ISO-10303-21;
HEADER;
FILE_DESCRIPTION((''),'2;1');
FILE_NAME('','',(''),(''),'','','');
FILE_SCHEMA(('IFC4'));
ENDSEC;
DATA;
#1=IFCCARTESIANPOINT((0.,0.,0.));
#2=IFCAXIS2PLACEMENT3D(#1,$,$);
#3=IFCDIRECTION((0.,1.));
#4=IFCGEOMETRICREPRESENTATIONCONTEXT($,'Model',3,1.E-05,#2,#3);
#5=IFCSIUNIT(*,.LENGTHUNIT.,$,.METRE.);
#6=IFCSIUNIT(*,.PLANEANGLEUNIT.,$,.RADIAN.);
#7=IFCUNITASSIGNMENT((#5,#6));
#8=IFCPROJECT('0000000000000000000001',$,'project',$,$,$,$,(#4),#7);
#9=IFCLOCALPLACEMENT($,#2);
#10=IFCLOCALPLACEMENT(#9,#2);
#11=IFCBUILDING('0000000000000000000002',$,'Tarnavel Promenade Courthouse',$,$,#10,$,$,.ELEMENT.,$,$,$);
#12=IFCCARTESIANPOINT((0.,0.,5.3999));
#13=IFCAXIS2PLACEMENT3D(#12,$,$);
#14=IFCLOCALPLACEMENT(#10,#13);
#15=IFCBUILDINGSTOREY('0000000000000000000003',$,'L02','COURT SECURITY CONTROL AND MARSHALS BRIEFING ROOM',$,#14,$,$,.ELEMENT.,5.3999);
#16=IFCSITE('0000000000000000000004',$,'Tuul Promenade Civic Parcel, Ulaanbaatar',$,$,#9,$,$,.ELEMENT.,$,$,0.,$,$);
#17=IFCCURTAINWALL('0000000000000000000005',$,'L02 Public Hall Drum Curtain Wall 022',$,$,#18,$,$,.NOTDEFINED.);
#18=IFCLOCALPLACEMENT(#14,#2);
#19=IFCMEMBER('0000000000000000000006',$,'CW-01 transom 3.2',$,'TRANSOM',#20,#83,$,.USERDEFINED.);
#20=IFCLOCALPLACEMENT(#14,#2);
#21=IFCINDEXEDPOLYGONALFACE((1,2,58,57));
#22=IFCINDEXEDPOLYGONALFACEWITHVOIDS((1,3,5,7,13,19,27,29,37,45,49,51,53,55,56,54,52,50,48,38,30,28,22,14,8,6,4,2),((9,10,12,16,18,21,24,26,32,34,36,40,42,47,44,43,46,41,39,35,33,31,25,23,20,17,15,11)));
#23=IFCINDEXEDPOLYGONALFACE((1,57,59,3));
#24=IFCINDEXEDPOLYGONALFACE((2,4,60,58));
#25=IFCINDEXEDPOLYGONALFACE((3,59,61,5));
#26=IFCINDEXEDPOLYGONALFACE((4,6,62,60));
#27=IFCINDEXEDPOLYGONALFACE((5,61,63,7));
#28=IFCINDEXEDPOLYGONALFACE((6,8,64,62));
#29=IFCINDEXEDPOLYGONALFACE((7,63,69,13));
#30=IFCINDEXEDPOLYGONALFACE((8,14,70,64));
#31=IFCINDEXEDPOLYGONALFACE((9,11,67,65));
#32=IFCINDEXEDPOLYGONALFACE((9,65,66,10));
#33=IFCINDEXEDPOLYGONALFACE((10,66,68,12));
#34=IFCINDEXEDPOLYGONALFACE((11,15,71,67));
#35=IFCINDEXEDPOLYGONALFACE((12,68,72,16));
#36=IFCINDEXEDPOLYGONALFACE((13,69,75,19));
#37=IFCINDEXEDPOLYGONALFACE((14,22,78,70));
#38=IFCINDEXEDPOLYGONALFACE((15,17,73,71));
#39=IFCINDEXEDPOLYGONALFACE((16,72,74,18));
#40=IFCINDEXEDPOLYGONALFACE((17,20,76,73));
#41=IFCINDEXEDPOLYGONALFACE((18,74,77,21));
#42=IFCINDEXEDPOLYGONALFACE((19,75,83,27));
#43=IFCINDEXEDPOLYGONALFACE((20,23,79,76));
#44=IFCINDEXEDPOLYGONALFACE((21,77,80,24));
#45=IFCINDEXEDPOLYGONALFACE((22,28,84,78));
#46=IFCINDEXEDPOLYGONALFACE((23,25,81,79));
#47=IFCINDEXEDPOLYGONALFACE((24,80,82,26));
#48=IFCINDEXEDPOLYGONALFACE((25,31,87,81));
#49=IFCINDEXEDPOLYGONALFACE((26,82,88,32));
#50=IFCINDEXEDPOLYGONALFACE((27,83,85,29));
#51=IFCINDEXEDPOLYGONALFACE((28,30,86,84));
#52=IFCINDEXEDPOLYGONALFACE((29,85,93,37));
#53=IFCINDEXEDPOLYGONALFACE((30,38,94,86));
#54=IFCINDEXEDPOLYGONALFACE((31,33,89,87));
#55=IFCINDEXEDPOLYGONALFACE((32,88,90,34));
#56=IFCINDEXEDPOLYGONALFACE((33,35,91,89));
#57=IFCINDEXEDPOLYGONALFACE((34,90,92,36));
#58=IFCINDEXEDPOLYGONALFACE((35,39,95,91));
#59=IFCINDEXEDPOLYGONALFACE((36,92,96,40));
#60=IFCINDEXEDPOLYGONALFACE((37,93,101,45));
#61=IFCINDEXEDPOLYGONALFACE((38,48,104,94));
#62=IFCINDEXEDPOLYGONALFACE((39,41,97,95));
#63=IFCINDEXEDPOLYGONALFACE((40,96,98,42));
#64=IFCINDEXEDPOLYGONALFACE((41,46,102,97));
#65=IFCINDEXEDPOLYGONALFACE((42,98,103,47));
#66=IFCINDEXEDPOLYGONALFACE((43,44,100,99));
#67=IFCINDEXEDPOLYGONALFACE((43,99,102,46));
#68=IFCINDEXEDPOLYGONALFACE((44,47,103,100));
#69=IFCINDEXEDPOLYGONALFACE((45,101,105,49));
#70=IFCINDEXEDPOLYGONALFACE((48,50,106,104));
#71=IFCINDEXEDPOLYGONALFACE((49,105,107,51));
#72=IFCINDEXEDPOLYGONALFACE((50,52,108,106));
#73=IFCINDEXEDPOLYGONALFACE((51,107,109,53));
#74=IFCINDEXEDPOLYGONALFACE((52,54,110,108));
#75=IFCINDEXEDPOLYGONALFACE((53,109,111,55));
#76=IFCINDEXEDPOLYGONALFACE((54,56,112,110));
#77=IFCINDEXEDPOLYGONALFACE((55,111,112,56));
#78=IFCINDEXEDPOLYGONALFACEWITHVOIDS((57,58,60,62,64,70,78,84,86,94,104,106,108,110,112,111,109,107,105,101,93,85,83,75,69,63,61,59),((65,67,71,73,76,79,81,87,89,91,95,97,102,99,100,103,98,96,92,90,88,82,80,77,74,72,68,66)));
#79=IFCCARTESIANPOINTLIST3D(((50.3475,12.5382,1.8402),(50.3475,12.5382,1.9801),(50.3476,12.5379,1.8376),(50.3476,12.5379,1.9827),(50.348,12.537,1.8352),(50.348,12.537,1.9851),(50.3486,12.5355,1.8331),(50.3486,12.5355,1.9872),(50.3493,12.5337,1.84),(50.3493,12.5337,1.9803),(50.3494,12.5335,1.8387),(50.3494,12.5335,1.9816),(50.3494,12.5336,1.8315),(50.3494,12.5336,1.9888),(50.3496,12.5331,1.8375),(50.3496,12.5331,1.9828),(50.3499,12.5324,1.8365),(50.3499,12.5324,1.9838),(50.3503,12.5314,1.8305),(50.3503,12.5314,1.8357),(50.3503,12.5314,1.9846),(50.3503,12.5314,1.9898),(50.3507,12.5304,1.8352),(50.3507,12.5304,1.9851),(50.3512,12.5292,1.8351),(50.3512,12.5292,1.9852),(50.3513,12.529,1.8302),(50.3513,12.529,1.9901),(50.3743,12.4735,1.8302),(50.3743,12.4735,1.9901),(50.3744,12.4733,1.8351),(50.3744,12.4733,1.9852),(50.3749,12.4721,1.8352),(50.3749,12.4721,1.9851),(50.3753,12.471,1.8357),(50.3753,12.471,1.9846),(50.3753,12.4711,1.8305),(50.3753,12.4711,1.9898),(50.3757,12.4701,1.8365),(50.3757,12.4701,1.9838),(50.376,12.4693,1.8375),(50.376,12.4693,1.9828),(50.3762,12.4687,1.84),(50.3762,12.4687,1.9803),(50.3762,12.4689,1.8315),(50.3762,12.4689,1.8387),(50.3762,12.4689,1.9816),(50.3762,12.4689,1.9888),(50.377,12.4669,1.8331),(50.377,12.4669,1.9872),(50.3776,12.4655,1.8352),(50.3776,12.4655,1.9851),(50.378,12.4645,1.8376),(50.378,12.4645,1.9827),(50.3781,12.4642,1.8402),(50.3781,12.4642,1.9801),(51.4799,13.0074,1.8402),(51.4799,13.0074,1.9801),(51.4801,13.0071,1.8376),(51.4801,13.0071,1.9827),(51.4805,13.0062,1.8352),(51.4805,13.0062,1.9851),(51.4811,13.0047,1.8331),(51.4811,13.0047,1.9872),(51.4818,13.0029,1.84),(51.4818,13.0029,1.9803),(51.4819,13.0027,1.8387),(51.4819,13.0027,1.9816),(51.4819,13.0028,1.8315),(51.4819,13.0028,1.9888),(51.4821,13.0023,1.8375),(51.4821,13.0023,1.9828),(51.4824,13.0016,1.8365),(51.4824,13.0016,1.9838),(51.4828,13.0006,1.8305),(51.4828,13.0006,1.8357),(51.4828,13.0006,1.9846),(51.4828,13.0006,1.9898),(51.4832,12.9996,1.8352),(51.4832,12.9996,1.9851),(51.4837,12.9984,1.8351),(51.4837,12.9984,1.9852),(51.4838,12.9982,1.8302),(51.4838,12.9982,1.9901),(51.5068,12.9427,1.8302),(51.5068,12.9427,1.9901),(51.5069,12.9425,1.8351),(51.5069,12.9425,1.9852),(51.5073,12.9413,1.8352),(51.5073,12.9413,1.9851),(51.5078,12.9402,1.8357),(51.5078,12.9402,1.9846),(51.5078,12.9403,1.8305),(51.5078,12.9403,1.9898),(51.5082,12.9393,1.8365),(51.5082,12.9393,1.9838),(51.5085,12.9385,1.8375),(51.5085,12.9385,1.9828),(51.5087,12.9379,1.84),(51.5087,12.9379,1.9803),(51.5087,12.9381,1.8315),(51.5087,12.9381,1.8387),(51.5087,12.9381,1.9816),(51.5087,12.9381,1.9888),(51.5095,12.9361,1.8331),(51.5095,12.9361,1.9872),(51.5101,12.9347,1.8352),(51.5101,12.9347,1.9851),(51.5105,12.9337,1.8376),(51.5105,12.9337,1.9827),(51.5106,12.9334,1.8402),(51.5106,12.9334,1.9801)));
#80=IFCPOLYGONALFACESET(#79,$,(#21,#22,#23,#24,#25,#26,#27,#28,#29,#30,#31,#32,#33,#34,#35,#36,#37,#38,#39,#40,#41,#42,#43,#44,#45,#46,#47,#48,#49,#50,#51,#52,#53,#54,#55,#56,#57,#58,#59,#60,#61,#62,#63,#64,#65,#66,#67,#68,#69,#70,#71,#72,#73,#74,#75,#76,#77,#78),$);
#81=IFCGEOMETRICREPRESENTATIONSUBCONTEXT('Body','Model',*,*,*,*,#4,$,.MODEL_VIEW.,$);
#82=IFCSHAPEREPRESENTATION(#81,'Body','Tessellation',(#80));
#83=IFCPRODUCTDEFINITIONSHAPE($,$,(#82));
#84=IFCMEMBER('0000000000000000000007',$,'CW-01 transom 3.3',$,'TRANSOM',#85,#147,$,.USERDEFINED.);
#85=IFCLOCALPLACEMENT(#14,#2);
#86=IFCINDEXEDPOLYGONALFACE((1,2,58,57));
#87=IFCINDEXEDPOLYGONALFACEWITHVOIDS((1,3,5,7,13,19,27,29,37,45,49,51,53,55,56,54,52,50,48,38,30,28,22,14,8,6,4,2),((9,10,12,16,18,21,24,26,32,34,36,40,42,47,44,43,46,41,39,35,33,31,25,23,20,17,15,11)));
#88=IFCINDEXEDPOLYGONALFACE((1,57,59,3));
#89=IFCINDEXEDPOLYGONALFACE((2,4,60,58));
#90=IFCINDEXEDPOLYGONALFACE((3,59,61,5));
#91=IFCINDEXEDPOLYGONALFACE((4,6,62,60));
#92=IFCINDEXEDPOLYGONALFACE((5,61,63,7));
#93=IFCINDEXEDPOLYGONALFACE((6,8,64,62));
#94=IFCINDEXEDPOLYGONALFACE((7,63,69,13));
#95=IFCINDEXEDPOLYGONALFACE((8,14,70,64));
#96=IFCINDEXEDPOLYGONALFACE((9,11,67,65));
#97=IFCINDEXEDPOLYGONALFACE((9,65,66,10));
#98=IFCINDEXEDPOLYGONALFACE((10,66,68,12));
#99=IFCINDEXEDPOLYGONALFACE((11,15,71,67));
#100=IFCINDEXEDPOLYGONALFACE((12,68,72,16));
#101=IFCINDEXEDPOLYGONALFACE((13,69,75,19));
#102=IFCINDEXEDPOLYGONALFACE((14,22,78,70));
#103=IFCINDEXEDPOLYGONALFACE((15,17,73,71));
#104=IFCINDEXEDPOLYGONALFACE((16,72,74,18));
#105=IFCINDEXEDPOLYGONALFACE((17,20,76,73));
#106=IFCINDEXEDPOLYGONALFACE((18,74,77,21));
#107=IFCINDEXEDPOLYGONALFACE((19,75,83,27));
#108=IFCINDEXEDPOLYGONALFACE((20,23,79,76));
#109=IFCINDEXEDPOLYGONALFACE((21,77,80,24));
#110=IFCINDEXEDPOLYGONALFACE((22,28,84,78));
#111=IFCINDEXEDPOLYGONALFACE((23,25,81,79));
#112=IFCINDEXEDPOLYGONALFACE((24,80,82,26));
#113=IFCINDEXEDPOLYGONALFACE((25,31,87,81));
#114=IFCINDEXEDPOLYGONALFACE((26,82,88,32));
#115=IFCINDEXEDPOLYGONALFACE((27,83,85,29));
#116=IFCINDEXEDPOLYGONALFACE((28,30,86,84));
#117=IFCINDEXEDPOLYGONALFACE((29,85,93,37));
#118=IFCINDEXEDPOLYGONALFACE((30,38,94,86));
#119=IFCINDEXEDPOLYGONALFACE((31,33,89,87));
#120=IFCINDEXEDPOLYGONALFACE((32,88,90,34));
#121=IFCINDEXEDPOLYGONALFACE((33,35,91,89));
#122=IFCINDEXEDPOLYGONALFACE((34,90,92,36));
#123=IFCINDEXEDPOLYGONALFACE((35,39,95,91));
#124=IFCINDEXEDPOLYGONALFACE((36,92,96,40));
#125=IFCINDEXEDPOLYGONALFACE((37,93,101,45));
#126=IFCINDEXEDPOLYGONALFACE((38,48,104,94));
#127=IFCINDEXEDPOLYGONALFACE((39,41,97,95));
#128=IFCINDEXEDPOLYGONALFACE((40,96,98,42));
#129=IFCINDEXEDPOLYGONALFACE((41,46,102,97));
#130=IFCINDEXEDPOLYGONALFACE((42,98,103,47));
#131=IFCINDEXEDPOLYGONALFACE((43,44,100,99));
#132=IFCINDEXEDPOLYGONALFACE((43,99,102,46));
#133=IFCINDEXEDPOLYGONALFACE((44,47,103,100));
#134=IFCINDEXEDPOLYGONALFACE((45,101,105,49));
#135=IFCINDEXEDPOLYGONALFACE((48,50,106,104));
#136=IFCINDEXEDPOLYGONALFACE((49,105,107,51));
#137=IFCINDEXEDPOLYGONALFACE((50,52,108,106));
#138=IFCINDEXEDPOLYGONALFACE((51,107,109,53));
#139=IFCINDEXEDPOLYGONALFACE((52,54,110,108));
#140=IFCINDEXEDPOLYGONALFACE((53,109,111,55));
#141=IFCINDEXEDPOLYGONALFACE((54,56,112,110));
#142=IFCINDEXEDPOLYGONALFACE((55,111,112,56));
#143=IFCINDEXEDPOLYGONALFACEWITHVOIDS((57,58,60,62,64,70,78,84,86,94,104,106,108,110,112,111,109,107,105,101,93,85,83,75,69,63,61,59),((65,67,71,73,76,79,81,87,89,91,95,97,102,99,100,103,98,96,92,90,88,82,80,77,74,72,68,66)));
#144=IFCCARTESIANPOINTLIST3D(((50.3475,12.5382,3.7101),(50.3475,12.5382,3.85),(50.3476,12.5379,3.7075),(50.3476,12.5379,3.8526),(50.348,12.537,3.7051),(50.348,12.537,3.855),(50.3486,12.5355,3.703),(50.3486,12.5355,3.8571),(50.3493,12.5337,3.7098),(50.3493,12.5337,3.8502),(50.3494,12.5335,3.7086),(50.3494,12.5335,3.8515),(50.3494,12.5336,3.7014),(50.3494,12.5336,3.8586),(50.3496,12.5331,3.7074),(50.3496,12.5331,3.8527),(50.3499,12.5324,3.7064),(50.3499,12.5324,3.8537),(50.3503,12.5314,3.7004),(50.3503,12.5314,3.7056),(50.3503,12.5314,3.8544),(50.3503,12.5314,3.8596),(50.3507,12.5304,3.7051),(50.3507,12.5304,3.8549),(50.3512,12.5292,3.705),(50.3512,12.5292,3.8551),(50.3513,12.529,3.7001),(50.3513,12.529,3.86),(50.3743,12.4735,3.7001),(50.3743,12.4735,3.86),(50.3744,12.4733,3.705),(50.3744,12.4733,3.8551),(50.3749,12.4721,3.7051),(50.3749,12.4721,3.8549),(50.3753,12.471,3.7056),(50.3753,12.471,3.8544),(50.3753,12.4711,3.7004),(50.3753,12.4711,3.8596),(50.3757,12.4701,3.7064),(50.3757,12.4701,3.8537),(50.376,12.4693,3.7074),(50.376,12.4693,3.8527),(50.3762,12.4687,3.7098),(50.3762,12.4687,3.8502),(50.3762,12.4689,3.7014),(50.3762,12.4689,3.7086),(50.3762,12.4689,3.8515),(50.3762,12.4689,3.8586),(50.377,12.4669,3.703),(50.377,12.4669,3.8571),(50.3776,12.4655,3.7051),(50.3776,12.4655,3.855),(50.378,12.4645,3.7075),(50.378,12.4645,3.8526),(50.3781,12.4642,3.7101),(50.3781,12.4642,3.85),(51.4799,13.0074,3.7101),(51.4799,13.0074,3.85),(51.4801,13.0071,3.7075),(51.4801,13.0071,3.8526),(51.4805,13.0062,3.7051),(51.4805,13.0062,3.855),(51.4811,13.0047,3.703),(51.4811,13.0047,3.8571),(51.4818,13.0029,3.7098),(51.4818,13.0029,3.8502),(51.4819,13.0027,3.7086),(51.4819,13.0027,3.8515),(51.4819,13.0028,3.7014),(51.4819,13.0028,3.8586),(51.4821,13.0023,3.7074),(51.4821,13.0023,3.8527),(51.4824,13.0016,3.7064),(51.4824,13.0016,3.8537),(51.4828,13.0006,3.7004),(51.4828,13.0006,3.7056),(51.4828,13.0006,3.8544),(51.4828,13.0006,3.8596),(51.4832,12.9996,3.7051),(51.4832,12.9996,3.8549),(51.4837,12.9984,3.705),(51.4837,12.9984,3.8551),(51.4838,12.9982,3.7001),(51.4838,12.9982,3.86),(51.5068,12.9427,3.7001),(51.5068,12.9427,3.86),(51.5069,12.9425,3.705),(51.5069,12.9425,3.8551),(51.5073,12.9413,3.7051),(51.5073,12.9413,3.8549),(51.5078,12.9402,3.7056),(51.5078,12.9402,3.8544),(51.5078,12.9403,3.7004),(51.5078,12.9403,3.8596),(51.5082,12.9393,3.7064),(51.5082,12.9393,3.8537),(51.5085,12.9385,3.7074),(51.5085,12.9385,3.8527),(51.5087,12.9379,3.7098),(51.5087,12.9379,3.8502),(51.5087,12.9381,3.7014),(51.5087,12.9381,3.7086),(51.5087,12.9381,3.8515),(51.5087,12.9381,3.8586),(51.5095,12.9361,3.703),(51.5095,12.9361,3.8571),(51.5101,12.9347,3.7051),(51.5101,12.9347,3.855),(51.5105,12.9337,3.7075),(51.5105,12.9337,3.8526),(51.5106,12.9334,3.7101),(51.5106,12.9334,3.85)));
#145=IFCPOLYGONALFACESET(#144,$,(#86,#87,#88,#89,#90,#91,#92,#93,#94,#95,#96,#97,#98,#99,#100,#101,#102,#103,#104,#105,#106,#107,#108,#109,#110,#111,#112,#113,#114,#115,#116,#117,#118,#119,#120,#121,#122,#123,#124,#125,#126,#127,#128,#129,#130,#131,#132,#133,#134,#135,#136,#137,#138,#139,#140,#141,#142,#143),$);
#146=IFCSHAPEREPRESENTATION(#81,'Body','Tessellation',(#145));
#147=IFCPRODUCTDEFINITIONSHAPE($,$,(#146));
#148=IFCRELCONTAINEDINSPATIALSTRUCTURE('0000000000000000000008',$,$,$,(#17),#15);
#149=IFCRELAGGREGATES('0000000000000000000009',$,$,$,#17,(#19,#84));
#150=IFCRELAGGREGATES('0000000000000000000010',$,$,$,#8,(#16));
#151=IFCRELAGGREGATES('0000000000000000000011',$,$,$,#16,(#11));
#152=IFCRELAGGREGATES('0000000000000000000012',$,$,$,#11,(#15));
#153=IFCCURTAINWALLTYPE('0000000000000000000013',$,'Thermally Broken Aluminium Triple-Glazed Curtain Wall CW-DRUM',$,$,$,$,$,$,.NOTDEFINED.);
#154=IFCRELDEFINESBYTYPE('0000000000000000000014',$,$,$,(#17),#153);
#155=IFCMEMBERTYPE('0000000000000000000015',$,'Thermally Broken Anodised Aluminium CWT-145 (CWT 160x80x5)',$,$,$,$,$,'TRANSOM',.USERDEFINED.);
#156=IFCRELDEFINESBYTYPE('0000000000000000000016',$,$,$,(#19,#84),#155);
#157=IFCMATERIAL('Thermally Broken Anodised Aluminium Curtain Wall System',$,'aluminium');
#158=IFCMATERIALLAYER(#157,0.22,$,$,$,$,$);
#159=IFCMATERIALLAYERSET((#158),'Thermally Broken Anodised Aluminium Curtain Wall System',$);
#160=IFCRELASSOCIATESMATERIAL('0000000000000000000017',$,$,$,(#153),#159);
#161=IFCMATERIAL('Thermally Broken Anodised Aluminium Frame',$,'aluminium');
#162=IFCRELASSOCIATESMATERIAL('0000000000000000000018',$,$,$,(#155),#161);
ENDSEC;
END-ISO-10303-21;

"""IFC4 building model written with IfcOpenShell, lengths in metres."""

from ifc_helpers import new_model, si_unit, direction, frame, origin, origin_2d, place, context, subcontext, project, spatial, hollow_rectangle, extrude, material, layer, layer_set, material_profile, profile_set, type_object, element, aggregate, save


model = new_model("IFC4")

# Units and contexts
model_context = context("Model", 3, precision=1e-05, world=origin(), true_north=direction((0.0, 1.0)))
body_context = subcontext(model_context, "Body", "Model", "MODEL_VIEW")
ifc_project = project(units=[si_unit("LENGTHUNIT", "METRE"), si_unit("PLANEANGLEUNIT", "RADIAN")], contexts=[model_context])

# Site, building, storey
site_placement = place(None, origin())
site = spatial("IfcSite", under=ifc_project, at=site_placement, Name="Tuul Promenade Civic Parcel, Ulaanbaatar", CompositionType="ELEMENT", RefElevation=0.0)
building_placement = place(site_placement, origin())
building = spatial("IfcBuilding", under=site, at=building_placement, Name="Tarnavel Promenade Courthouse", CompositionType="ELEMENT")
storey_placement = place(building_placement, frame((0.0, 0.0, 5.3999)))
storey = spatial("IfcBuildingStorey", under=building, at=storey_placement, Name="L02", Description="COURT SECURITY CONTROL AND MARSHALS BRIEFING ROOM", CompositionType="ELEMENT", Elevation=5.3999)

# Curtain wall
ifc_material_1 = material(Name="Thermally Broken Anodised Aluminium Curtain Wall System", Category="aluminium")
ifc_layer_1 = layer(ifc_material_1, 0.22)
ifc_layer_set_1 = layer_set([ifc_layer_1], Name="Thermally Broken Anodised Aluminium Curtain Wall System")
curtain_wall_type = type_object("IfcCurtainWallType", Name="Thermally Broken Aluminium Triple-Glazed Curtain Wall CW-DRUM", PredefinedType="NOTDEFINED", material=ifc_layer_set_1)
ifc_material_2 = material(Name="Thermally Broken Anodised Aluminium Frame", Category="aluminium")
curtain_wall_1_placement = place(storey_placement, origin())
curtain_wall_1 = element("IfcCurtainWall", 1, at=curtain_wall_1_placement, inside=storey, type_object=curtain_wall_type, Name="L02 Public Hall Drum Curtain Wall 022", PredefinedType="NOTDEFINED")

# Members
ifc_material_profile_1 = material_profile(ifc_material_2, hollow_rectangle(XDim=0.0801, YDim=0.1599, WallThickness=0.0049, InnerFilletRadius=0.0049, OuterFilletRadius=0.01, at=origin_2d()), Name="CWT 160x80x5")
ifc_profile_set_1 = profile_set([ifc_material_profile_1], Name="Thermally Broken Anodised Aluminium Frame")
member_type_1 = type_object("IfcMemberType", Name="Thermally Broken Anodised Aluminium CWT-145 (CWT 160x80x5)", ElementType="TRANSOM", PredefinedType="USERDEFINED", material=ifc_profile_set_1)
member_1_placement = place(storey_placement, frame((50.3628, 12.5012, 1.9102), z_axis=(0.923847, 0.382762, 0.0), x_axis=(-0.382762, 0.923847, 0.0)))
member_1 = element("IfcMember", 2, at=member_1_placement, type_object=member_type_1, Name="CW-01 transom 3.2", ObjectType="TRANSOM", PredefinedType="USERDEFINED", context=body_context, shape_type="SweptSolid", body=[
    extrude(hollow_rectangle(XDim=0.0801, YDim=0.1599, WallThickness=0.0049, InnerFilletRadius=0.0049, OuterFilletRadius=0.01, at=origin_2d()), origin(), (0.0, 0.0, 1.0), 1.2258),
])
member_2_placement = place(storey_placement, frame((50.3628, 12.5012, 3.78), z_axis=(0.923847, 0.382762, 0.0), x_axis=(-0.382762, 0.923847, 0.0)))
member_2 = element("IfcMember", 3, at=member_2_placement, type_object=member_type_1, Name="CW-01 transom 3.3", ObjectType="TRANSOM", PredefinedType="USERDEFINED", context=body_context, shape_type="SweptSolid", body=[
    extrude(hollow_rectangle(XDim=0.0801, YDim=0.1599, WallThickness=0.0049, InnerFilletRadius=0.0049, OuterFilletRadius=0.01, at=origin_2d()), origin(), (0.0, 0.0, 1.0), 1.2258),
])

aggregate(curtain_wall_1, [member_1, member_2])

save(model, "model.ifc")
